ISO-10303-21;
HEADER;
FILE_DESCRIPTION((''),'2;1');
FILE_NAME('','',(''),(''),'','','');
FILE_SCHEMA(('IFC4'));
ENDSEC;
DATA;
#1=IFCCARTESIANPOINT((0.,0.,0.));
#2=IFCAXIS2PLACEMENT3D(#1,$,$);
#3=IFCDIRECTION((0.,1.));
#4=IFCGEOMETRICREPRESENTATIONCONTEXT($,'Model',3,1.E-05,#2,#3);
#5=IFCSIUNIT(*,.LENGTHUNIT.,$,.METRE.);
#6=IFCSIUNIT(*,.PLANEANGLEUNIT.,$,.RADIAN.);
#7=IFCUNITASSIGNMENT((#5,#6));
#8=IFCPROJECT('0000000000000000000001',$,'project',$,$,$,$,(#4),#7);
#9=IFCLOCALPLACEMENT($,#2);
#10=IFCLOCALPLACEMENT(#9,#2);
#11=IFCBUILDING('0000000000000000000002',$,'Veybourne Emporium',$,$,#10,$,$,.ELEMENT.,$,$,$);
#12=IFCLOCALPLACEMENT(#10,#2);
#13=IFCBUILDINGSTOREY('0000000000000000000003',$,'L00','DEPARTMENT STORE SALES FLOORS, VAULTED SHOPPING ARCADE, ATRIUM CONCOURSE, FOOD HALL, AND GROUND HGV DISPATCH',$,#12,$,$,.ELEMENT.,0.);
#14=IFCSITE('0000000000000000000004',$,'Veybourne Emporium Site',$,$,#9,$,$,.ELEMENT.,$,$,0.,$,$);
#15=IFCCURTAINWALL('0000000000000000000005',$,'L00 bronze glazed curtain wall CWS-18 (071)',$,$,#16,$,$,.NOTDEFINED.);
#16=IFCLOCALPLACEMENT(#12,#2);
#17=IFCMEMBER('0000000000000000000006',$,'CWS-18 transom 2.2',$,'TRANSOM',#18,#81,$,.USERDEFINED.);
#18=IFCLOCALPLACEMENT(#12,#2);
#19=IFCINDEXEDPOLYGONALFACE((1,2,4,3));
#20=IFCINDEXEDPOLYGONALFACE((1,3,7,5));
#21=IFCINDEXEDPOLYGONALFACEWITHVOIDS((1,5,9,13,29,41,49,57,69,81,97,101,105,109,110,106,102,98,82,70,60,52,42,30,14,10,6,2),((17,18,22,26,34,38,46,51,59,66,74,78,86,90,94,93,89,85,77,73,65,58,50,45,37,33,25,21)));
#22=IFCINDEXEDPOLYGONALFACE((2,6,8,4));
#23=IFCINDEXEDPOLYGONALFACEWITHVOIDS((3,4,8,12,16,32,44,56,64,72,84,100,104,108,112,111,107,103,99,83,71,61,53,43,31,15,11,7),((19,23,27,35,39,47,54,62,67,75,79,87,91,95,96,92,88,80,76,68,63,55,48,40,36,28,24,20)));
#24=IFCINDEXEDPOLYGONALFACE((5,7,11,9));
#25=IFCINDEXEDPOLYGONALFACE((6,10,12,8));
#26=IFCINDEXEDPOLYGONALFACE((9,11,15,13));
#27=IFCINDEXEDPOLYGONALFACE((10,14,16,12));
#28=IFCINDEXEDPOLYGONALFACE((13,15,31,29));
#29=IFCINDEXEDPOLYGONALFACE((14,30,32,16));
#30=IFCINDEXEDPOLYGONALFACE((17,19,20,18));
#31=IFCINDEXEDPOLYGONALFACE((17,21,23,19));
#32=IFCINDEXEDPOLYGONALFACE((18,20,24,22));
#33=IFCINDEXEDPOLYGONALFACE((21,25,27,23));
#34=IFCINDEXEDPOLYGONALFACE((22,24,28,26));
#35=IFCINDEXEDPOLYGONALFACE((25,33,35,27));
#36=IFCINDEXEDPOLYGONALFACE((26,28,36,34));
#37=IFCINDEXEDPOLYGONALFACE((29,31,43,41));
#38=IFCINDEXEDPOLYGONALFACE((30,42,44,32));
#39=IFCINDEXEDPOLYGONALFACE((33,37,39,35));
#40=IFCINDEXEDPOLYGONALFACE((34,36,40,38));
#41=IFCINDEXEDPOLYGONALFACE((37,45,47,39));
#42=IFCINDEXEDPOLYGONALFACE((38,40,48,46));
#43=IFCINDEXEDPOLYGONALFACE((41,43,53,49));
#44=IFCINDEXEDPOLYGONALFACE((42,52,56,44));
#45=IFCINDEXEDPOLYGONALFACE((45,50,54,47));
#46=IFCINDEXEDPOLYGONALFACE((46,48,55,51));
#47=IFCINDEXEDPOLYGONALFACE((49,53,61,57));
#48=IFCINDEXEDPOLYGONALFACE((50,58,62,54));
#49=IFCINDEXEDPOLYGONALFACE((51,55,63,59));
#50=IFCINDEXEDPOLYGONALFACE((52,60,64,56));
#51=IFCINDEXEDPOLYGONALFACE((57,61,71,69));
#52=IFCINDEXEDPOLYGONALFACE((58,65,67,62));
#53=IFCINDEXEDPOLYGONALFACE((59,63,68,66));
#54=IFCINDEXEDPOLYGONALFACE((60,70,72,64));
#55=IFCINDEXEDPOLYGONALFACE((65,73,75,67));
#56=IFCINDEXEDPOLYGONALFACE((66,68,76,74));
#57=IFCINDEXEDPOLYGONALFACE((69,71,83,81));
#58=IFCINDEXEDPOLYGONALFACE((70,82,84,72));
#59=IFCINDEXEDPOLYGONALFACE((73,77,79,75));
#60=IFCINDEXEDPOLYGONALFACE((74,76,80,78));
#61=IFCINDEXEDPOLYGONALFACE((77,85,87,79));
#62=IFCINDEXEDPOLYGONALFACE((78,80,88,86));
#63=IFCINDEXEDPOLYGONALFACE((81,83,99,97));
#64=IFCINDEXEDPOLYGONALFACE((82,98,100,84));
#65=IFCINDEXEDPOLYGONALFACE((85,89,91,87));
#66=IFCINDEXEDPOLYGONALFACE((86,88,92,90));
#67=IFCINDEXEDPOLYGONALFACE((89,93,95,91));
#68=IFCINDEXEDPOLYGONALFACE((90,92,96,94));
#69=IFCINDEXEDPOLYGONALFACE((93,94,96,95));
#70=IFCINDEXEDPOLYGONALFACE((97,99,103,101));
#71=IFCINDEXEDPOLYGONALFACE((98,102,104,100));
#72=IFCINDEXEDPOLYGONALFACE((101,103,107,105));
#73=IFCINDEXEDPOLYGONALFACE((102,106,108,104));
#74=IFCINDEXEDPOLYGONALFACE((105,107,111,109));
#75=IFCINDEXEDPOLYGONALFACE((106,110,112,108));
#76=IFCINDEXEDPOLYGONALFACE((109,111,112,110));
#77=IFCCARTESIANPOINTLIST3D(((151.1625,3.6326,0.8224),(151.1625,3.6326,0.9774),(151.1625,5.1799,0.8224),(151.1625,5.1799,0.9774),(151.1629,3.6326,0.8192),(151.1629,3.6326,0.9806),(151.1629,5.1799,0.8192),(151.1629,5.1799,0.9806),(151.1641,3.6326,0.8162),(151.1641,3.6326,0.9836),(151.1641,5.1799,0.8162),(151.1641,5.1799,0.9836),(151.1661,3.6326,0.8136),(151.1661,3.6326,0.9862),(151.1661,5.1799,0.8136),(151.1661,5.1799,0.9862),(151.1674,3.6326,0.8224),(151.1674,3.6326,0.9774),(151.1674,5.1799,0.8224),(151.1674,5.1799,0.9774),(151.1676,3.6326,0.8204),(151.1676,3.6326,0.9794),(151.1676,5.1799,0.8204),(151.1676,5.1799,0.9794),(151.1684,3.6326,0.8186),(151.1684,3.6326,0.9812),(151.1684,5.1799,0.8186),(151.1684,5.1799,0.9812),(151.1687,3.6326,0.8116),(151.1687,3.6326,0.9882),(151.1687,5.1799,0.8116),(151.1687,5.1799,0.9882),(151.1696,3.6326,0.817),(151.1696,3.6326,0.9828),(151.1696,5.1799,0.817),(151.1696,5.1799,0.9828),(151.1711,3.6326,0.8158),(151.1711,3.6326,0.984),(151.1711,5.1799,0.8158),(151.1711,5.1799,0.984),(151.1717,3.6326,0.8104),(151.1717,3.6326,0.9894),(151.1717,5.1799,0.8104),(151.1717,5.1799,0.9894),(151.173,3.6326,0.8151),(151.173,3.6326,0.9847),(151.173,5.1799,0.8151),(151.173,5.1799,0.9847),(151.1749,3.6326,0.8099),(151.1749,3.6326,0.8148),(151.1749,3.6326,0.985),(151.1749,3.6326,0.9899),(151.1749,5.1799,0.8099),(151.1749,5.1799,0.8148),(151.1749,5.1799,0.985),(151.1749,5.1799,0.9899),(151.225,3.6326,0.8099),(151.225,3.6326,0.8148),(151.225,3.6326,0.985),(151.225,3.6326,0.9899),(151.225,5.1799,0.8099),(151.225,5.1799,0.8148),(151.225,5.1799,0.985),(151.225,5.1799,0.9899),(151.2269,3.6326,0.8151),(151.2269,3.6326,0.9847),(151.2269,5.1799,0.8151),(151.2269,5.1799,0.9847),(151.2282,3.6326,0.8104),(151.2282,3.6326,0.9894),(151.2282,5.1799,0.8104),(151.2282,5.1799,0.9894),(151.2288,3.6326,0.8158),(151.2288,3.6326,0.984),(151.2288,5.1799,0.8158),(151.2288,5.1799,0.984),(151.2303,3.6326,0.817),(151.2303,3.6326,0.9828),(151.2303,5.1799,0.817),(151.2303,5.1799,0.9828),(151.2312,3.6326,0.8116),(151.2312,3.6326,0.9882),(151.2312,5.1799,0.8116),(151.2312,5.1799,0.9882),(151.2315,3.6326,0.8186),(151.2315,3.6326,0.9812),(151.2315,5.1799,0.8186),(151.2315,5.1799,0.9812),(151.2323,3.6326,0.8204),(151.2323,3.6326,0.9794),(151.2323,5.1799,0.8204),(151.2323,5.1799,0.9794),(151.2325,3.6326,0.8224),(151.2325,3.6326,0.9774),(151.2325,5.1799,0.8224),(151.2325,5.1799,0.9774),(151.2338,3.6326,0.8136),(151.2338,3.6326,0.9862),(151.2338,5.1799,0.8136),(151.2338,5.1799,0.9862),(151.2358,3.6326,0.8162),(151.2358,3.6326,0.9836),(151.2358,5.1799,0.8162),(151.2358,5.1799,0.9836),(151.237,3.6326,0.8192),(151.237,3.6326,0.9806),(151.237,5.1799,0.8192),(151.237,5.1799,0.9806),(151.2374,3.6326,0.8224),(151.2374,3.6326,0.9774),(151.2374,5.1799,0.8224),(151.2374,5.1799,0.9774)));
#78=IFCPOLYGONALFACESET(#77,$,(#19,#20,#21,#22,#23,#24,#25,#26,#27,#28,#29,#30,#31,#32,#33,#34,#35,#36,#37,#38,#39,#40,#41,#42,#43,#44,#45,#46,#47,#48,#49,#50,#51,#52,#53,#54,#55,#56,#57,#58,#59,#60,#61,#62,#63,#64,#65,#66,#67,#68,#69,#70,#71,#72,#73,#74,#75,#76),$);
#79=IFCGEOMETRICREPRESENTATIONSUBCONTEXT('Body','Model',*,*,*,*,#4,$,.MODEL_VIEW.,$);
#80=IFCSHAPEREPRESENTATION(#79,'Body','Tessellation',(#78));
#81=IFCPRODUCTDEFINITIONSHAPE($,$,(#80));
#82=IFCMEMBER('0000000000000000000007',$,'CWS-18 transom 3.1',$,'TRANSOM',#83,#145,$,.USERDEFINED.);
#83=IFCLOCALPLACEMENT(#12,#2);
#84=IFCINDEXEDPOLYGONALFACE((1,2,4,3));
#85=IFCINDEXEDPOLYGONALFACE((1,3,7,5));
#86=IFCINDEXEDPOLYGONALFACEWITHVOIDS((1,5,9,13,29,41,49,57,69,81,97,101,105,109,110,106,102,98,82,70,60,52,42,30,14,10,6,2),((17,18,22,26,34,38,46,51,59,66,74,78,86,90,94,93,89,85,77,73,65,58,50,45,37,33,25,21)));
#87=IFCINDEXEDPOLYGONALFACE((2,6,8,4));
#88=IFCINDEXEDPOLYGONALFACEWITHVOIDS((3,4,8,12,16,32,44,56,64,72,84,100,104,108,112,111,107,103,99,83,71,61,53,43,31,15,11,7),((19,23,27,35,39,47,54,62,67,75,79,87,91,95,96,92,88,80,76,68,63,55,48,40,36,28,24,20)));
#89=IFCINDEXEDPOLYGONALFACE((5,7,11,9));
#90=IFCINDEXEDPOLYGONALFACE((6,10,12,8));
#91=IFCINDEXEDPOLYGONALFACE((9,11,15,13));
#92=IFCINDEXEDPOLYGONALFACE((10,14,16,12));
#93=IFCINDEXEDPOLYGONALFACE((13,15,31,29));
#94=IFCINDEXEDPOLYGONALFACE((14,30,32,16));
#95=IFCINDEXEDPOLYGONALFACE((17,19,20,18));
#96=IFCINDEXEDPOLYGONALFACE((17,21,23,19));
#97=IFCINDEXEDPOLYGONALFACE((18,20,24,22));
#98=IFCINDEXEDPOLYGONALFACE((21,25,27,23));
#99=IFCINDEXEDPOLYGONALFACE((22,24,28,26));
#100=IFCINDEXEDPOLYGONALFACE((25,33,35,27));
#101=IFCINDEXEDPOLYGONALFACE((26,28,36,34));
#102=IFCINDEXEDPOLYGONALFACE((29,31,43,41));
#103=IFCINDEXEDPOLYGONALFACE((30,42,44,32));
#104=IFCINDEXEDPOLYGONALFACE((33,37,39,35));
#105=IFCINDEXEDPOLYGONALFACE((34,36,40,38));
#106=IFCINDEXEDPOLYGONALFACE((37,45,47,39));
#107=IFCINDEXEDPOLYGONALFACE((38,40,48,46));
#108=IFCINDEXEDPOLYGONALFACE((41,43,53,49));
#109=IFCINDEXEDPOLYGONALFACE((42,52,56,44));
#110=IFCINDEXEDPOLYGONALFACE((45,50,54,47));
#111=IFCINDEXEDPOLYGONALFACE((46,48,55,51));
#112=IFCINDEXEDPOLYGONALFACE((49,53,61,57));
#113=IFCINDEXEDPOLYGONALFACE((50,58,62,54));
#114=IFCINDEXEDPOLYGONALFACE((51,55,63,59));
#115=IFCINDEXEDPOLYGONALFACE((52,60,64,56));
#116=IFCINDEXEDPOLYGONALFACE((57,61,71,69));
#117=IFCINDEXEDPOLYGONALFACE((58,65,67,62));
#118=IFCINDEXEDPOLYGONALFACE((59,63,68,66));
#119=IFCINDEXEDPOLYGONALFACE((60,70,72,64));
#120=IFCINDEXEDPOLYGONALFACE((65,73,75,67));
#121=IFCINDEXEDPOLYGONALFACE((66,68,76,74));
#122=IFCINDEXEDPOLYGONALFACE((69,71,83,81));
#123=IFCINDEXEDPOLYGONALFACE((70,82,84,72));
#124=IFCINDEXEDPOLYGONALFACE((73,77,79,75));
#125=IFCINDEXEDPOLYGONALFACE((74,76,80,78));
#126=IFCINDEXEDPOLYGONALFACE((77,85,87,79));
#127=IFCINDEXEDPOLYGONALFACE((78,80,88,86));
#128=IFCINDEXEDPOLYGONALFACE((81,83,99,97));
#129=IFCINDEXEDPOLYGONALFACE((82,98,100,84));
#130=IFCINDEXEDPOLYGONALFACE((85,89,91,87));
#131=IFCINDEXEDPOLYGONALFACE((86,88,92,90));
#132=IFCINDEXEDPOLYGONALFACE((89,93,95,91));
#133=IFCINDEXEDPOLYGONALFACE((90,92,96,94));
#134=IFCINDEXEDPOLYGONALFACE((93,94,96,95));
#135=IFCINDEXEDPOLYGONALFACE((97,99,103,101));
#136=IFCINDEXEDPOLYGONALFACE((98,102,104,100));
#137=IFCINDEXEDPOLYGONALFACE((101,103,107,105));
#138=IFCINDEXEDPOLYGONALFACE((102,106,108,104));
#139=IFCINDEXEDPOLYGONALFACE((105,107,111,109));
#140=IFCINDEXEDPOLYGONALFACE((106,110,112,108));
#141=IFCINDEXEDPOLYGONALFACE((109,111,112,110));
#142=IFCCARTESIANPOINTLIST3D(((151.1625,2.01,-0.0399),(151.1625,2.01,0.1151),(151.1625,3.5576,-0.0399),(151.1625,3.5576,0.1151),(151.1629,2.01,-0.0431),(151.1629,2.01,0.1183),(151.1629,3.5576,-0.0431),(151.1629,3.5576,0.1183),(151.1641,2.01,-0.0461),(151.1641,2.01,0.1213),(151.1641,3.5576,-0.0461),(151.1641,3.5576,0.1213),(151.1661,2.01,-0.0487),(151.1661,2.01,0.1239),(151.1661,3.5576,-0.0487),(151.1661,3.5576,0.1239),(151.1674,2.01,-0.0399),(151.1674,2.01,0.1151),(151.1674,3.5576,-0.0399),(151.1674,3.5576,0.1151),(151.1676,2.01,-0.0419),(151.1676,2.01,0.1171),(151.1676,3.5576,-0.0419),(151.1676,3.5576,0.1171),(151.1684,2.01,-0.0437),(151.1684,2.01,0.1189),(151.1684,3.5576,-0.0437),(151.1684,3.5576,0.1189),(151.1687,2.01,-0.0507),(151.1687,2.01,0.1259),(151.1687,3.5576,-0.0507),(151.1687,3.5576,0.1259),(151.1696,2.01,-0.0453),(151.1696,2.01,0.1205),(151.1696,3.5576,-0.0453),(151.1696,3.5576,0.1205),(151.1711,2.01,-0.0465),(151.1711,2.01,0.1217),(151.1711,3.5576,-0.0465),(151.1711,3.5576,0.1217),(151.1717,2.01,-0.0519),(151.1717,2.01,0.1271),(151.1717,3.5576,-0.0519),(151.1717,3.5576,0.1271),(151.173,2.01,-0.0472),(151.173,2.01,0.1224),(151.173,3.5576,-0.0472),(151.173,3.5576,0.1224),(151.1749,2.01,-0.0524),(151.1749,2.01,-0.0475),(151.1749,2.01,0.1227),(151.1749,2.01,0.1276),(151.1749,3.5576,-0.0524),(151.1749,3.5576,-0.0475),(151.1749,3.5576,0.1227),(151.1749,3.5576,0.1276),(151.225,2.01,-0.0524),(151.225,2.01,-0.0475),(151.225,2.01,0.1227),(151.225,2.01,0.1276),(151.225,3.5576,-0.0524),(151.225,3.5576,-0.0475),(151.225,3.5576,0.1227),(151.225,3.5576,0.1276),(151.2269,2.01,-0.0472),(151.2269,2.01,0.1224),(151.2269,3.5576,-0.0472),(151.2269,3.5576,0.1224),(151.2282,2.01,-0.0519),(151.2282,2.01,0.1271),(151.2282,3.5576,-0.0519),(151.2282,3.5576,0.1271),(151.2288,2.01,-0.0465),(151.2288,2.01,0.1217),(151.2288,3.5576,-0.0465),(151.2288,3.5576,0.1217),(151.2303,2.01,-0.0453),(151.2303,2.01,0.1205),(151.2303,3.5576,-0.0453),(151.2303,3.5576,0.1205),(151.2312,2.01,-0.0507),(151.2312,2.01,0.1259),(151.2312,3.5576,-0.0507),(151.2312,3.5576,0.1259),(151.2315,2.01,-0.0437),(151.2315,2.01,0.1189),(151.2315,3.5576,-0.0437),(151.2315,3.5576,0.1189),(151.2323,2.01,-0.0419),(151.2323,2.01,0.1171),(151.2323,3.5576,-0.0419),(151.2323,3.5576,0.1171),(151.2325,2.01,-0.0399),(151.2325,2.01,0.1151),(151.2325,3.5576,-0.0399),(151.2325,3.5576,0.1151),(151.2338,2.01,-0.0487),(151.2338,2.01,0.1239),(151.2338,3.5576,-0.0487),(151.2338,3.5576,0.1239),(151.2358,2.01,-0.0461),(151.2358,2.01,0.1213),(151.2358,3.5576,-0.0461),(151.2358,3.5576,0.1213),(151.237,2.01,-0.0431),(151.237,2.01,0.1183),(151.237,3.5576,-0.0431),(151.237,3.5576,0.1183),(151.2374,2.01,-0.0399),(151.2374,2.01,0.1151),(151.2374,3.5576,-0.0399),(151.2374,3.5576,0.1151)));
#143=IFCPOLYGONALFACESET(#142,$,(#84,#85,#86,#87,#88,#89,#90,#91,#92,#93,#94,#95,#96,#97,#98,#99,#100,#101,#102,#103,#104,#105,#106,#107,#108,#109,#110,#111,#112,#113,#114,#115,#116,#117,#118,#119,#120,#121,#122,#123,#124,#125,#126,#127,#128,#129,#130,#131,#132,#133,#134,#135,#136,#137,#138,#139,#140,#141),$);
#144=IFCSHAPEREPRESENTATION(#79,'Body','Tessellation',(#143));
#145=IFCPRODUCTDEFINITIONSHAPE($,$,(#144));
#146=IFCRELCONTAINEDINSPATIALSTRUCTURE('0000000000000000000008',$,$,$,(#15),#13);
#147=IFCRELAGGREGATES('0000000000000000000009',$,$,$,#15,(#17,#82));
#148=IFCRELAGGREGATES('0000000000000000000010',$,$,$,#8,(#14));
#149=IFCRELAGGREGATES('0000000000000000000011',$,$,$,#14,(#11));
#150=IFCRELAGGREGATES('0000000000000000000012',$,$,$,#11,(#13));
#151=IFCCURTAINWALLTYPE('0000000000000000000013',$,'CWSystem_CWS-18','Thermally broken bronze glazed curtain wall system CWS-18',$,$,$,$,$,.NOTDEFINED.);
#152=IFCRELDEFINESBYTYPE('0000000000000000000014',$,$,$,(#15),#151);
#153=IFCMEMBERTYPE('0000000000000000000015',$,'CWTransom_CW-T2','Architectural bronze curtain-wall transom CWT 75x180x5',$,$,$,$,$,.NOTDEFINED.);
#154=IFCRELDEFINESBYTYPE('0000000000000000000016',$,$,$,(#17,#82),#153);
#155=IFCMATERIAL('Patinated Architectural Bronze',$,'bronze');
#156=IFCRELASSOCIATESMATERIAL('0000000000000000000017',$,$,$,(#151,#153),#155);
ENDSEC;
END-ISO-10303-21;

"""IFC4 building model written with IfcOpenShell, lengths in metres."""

from ifc_helpers import new_model, si_unit, direction, frame, origin, origin_2d, place, context, subcontext, project, spatial, hollow_rectangle, extrude, material, material_profile, profile_set, type_object, element, aggregate, save


model = new_model("IFC4")

# Units and contexts
model_context = context("Model", 3, precision=1e-05, world=origin(), true_north=direction((0.0, 1.0)))
body_context = subcontext(model_context, "Body", "Model", "MODEL_VIEW")
ifc_project = project(units=[si_unit("LENGTHUNIT", "METRE"), si_unit("PLANEANGLEUNIT", "RADIAN")], contexts=[model_context])

# Site, building, storey
site_placement = place(None, origin())
site = spatial("IfcSite", under=ifc_project, at=site_placement, Name="Veybourne Emporium Site", CompositionType="ELEMENT", RefElevation=0.0)
building_placement = place(site_placement, origin())
building = spatial("IfcBuilding", under=site, at=building_placement, Name="Veybourne Emporium", CompositionType="ELEMENT")
storey_placement = place(building_placement, origin())
storey = spatial("IfcBuildingStorey", under=building, at=storey_placement, Name="L00", Description="DEPARTMENT STORE SALES FLOORS, VAULTED SHOPPING ARCADE, ATRIUM CONCOURSE, FOOD HALL, AND GROUND HGV DISPATCH", CompositionType="ELEMENT", Elevation=0.0)

# Curtain wall
ifc_material_1 = material(Name="Patinated Architectural Bronze", Category="bronze")
curtain_wall_type_1 = type_object("IfcCurtainWallType", Name="CWSystem_CWS-18", Description="Thermally broken bronze glazed curtain wall system CWS-18", PredefinedType="NOTDEFINED", material=ifc_material_1)
curtain_wall_1_placement = place(storey_placement, origin())
curtain_wall_1 = element("IfcCurtainWall", 1, at=curtain_wall_1_placement, inside=storey, type_object=curtain_wall_type_1, Name="L00 bronze glazed curtain wall CWS-18 (071)", PredefinedType="NOTDEFINED")

# Members
ifc_material_profile_1 = material_profile(ifc_material_1, hollow_rectangle(XDim=0.075, YDim=0.1799, WallThickness=0.0049, InnerFilletRadius=0.0076, OuterFilletRadius=0.0125, at=origin_2d()), Name="CWT 75x180x5")
ifc_profile_set_1 = profile_set([ifc_material_profile_1], Name="Patinated Architectural Bronze")
member_type_1 = type_object("IfcMemberType", Name="CWTransom_CW-T2", Description="Architectural bronze curtain-wall transom CWT 75x180x5", PredefinedType="NOTDEFINED", material=ifc_profile_set_1)
member_1_placement = place(storey_placement, frame((151.2, 5.1799, 0.8999), z_axis=(0.0, -1.0, 0.0), x_axis=(1.0, 0.0, 0.0)))
member_1 = element("IfcMember", 2, at=member_1_placement, type_object=member_type_1, Name="CWS-18 transom 2.2", ObjectType="TRANSOM", PredefinedType="USERDEFINED", context=body_context, shape_type="SweptSolid", body=[
    extrude(hollow_rectangle(XDim=0.075, YDim=0.1799, WallThickness=0.0049, InnerFilletRadius=0.0076, OuterFilletRadius=0.0125, at=origin_2d()), origin(), (0.0, 0.0, 1.0), 1.5474),
])
member_2_placement = place(storey_placement, frame((151.2, 3.5576, 0.0376), z_axis=(0.0, -1.0, 0.0), x_axis=(1.0, 0.0, 0.0)))
member_2 = element("IfcMember", 3, at=member_2_placement, type_object=member_type_1, Name="CWS-18 transom 3.1", ObjectType="TRANSOM", PredefinedType="USERDEFINED", context=body_context, shape_type="SweptSolid", body=[
    extrude(hollow_rectangle(XDim=0.075, YDim=0.1799, WallThickness=0.0049, InnerFilletRadius=0.0076, OuterFilletRadius=0.0125, at=origin_2d()), origin(), (0.0, 0.0, 1.0), 1.5476),
])

aggregate(curtain_wall_1, [member_1, member_2])

save(model, "model.ifc")
